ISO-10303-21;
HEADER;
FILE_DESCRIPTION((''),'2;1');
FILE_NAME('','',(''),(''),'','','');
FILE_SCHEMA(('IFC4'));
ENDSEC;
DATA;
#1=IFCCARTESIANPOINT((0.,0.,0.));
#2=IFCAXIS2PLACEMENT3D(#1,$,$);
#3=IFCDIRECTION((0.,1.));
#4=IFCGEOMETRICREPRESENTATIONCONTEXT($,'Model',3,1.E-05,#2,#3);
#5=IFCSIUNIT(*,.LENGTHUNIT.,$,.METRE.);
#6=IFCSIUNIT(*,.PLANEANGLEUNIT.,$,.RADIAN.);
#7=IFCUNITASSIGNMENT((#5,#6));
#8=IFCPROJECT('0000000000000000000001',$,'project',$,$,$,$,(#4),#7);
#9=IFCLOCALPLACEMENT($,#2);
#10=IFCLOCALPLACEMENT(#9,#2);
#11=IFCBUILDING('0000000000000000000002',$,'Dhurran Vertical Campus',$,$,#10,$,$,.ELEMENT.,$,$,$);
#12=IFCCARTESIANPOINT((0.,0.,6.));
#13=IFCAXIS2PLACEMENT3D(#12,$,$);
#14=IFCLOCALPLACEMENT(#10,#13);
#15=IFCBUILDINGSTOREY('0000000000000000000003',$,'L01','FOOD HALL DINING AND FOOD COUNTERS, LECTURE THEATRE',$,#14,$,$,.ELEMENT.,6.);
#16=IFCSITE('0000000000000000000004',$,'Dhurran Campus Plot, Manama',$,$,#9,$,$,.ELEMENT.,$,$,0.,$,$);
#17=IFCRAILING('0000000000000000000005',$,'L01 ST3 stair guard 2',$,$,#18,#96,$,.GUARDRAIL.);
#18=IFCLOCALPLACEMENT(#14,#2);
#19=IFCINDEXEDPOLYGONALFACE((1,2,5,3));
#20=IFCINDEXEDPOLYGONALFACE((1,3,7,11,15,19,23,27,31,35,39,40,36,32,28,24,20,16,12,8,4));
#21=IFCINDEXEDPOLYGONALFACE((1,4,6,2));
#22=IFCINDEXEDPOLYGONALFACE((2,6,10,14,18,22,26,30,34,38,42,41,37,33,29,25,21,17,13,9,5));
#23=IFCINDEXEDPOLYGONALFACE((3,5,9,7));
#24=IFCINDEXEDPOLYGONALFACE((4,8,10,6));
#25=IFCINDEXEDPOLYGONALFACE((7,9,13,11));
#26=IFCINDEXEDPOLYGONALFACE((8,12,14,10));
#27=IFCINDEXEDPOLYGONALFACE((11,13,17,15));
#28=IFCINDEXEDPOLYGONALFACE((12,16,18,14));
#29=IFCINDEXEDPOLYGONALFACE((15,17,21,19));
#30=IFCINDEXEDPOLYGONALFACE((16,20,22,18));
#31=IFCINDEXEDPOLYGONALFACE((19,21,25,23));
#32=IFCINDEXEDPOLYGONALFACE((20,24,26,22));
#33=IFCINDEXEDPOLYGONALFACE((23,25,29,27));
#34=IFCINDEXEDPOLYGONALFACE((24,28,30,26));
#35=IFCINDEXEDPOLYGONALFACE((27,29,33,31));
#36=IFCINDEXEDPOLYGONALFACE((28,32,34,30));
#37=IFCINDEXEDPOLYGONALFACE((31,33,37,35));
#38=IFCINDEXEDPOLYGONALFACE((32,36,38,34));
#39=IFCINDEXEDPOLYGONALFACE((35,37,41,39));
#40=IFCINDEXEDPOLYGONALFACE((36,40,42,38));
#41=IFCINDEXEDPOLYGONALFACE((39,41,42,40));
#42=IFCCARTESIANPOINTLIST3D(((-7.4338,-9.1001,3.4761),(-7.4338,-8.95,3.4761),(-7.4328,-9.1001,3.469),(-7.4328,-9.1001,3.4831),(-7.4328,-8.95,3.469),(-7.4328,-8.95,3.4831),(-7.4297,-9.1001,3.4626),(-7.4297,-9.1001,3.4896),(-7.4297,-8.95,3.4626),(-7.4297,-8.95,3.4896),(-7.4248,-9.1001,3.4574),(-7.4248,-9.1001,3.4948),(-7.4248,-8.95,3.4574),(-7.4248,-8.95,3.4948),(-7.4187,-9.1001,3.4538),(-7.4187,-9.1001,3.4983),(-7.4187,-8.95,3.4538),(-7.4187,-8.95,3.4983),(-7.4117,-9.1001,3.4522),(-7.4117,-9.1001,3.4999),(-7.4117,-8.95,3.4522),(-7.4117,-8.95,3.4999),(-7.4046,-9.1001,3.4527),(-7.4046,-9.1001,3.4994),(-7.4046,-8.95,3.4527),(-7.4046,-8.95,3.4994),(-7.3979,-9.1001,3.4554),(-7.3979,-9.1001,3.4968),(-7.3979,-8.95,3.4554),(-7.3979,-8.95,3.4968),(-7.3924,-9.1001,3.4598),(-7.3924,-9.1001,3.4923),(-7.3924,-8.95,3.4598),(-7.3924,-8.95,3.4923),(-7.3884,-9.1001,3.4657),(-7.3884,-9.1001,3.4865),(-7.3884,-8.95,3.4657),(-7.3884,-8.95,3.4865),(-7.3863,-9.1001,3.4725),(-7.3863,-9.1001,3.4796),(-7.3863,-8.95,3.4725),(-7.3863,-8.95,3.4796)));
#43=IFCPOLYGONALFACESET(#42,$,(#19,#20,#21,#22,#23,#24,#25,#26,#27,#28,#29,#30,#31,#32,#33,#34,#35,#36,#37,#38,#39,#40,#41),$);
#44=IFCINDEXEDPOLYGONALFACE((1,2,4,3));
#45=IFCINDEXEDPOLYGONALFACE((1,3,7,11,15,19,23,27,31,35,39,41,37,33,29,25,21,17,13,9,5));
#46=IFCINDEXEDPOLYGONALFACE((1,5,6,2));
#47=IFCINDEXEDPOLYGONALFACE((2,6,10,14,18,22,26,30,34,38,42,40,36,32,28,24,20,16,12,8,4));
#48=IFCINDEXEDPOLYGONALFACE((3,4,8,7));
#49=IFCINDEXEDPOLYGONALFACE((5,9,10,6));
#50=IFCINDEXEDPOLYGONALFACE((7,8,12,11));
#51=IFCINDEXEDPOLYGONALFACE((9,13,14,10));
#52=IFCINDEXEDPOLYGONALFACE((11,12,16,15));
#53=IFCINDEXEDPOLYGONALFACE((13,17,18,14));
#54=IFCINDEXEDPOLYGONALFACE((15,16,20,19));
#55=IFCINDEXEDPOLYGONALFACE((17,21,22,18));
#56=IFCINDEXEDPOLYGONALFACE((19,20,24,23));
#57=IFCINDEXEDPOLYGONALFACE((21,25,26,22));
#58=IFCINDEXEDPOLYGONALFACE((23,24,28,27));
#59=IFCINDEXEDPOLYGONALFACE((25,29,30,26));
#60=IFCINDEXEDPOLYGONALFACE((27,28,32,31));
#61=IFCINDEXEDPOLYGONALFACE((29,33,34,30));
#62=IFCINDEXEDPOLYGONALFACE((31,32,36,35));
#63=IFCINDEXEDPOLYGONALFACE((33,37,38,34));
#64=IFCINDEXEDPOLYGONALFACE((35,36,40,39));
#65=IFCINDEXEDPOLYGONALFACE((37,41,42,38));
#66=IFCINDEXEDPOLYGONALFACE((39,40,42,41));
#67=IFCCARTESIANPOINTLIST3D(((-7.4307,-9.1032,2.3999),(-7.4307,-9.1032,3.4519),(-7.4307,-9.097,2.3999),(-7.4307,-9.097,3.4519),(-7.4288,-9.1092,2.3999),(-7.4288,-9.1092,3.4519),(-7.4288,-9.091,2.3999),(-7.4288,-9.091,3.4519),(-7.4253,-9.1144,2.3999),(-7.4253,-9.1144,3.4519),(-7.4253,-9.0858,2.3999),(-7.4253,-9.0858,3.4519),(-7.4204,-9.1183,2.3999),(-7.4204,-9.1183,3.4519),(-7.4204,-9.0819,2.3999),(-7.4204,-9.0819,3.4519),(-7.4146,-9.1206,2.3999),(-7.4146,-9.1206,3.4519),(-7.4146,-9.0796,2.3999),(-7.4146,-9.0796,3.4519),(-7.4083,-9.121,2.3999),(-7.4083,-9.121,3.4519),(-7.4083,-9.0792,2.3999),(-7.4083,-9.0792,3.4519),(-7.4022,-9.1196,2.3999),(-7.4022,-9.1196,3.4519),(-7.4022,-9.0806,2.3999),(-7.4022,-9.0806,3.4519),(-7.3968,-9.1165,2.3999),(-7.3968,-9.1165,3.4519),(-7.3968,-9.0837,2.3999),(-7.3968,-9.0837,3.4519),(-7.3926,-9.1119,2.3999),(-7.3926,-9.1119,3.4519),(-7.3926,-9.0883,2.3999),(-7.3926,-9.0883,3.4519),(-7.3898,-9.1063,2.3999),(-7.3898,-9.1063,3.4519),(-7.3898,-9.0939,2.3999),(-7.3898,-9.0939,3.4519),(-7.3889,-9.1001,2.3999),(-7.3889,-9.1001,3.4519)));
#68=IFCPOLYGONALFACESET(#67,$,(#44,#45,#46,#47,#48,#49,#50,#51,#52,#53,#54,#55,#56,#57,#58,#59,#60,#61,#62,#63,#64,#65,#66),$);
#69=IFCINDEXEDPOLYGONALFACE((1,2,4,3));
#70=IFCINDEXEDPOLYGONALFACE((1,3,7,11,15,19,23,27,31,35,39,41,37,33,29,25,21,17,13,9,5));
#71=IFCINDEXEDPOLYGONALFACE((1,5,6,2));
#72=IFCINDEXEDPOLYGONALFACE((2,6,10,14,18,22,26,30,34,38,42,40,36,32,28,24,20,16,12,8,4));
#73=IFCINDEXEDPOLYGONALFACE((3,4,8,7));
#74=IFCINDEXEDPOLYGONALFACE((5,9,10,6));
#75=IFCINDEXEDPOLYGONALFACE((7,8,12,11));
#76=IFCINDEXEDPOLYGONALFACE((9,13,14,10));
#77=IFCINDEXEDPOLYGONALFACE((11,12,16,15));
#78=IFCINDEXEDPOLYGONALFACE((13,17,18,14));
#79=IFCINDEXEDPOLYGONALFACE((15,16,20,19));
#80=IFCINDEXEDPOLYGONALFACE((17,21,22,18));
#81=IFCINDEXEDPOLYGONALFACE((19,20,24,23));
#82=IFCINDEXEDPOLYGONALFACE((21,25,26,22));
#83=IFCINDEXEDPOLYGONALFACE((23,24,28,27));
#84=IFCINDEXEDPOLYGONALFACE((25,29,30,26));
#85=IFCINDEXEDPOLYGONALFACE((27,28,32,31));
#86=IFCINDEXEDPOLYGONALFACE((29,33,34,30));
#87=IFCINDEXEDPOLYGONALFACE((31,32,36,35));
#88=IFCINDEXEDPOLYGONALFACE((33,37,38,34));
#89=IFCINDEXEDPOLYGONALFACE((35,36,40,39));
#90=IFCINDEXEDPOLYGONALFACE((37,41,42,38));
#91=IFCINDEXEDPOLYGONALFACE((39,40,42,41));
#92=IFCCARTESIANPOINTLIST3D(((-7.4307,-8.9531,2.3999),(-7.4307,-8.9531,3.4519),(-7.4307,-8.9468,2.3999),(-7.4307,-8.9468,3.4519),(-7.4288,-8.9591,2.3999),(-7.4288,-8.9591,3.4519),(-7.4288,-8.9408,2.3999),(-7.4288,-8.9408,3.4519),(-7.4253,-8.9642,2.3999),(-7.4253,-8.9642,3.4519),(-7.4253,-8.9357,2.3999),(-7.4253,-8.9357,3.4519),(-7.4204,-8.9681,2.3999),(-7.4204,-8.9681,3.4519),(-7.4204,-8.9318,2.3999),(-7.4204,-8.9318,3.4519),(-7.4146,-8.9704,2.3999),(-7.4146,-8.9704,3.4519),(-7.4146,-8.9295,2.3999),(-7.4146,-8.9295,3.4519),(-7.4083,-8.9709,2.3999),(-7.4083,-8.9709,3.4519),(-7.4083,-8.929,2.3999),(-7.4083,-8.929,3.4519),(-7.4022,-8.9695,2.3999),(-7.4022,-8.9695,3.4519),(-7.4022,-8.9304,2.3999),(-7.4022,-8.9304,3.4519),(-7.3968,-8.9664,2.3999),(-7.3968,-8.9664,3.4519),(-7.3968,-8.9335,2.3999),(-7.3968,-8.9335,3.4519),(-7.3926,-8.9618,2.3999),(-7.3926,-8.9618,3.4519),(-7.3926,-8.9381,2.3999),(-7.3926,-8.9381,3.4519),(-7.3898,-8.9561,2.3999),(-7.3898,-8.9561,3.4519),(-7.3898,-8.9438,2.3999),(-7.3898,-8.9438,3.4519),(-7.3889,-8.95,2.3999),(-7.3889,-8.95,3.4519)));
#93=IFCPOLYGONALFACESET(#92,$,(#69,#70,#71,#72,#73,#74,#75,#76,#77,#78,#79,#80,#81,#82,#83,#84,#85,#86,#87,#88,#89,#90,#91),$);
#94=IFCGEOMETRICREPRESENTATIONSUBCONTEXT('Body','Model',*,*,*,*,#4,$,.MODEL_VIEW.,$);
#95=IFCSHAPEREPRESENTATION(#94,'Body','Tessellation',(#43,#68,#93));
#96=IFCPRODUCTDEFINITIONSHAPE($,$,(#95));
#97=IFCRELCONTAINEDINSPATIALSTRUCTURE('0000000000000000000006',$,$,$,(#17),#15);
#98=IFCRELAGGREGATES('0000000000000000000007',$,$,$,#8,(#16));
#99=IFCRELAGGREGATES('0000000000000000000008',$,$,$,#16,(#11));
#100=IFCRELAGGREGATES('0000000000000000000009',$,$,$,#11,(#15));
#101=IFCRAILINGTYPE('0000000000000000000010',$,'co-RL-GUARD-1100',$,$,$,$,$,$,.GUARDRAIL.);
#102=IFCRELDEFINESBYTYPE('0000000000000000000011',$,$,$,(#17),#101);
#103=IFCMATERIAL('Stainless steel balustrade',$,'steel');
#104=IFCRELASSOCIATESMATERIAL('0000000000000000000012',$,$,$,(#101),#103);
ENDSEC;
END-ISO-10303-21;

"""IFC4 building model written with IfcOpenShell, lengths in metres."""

from ifc_helpers import new_model, si_unit, direction, frame, origin, origin_2d, place, context, subcontext, project, spatial, circle, extrude, material, type_object, element, save


model = new_model("IFC4")

# Units and contexts
model_context = context("Model", 3, precision=1e-05, world=origin(), true_north=direction((0.0, 1.0)))
body_context = subcontext(model_context, "Body", "Model", "MODEL_VIEW")
ifc_project = project(units=[si_unit("LENGTHUNIT", "METRE"), si_unit("PLANEANGLEUNIT", "RADIAN")], contexts=[model_context])

# Site, building, storey
site_placement = place(None, origin())
site = spatial("IfcSite", under=ifc_project, at=site_placement, Name="Dhurran Campus Plot, Manama", CompositionType="ELEMENT", RefElevation=0.0)
building_placement = place(site_placement, origin())
building = spatial("IfcBuilding", under=site, at=building_placement, Name="Dhurran Vertical Campus", CompositionType="ELEMENT")
storey_placement = place(building_placement, frame((0.0, 0.0, 6.0)))
storey = spatial("IfcBuildingStorey", under=building, at=storey_placement, Name="L01", Description="FOOD HALL DINING AND FOOD COUNTERS, LECTURE THEATRE", CompositionType="ELEMENT", Elevation=6.0)

# Railing
ifc_material_1 = material(Name="Stainless steel balustrade", Category="steel")
railing_type_1 = type_object("IfcRailingType", Name="co-RL-GUARD-1100", PredefinedType="GUARDRAIL", material=ifc_material_1)
railing_1_placement = place(storey_placement, frame((-7.4099, -9.1001, 2.3999)))
element("IfcRailing", 1, at=railing_1_placement, inside=storey, type_object=railing_type_1, Name="L01 ST3 stair guard 2", PredefinedType="GUARDRAIL", context=body_context, shape_type="SweptSolid", body=[
    extrude(circle(Radius=0.0239, at=origin_2d()), frame((0.0, 0.0, 1.0762), z_axis=(0.0, 1.0, 0.0), x_axis=(-1.0, 0.0, 0.0)), (0.0, 0.0, 1.0), 0.1501),
    extrude(circle(Radius=0.021, at=origin_2d()), origin(), (0.0, 0.0, 1.0), 1.052),
    extrude(circle(Radius=0.021, at=origin_2d()), frame((0.0, 0.1501, 0.0)), (0.0, 0.0, 1.0), 1.052),
])

save(model, "model.ifc")
